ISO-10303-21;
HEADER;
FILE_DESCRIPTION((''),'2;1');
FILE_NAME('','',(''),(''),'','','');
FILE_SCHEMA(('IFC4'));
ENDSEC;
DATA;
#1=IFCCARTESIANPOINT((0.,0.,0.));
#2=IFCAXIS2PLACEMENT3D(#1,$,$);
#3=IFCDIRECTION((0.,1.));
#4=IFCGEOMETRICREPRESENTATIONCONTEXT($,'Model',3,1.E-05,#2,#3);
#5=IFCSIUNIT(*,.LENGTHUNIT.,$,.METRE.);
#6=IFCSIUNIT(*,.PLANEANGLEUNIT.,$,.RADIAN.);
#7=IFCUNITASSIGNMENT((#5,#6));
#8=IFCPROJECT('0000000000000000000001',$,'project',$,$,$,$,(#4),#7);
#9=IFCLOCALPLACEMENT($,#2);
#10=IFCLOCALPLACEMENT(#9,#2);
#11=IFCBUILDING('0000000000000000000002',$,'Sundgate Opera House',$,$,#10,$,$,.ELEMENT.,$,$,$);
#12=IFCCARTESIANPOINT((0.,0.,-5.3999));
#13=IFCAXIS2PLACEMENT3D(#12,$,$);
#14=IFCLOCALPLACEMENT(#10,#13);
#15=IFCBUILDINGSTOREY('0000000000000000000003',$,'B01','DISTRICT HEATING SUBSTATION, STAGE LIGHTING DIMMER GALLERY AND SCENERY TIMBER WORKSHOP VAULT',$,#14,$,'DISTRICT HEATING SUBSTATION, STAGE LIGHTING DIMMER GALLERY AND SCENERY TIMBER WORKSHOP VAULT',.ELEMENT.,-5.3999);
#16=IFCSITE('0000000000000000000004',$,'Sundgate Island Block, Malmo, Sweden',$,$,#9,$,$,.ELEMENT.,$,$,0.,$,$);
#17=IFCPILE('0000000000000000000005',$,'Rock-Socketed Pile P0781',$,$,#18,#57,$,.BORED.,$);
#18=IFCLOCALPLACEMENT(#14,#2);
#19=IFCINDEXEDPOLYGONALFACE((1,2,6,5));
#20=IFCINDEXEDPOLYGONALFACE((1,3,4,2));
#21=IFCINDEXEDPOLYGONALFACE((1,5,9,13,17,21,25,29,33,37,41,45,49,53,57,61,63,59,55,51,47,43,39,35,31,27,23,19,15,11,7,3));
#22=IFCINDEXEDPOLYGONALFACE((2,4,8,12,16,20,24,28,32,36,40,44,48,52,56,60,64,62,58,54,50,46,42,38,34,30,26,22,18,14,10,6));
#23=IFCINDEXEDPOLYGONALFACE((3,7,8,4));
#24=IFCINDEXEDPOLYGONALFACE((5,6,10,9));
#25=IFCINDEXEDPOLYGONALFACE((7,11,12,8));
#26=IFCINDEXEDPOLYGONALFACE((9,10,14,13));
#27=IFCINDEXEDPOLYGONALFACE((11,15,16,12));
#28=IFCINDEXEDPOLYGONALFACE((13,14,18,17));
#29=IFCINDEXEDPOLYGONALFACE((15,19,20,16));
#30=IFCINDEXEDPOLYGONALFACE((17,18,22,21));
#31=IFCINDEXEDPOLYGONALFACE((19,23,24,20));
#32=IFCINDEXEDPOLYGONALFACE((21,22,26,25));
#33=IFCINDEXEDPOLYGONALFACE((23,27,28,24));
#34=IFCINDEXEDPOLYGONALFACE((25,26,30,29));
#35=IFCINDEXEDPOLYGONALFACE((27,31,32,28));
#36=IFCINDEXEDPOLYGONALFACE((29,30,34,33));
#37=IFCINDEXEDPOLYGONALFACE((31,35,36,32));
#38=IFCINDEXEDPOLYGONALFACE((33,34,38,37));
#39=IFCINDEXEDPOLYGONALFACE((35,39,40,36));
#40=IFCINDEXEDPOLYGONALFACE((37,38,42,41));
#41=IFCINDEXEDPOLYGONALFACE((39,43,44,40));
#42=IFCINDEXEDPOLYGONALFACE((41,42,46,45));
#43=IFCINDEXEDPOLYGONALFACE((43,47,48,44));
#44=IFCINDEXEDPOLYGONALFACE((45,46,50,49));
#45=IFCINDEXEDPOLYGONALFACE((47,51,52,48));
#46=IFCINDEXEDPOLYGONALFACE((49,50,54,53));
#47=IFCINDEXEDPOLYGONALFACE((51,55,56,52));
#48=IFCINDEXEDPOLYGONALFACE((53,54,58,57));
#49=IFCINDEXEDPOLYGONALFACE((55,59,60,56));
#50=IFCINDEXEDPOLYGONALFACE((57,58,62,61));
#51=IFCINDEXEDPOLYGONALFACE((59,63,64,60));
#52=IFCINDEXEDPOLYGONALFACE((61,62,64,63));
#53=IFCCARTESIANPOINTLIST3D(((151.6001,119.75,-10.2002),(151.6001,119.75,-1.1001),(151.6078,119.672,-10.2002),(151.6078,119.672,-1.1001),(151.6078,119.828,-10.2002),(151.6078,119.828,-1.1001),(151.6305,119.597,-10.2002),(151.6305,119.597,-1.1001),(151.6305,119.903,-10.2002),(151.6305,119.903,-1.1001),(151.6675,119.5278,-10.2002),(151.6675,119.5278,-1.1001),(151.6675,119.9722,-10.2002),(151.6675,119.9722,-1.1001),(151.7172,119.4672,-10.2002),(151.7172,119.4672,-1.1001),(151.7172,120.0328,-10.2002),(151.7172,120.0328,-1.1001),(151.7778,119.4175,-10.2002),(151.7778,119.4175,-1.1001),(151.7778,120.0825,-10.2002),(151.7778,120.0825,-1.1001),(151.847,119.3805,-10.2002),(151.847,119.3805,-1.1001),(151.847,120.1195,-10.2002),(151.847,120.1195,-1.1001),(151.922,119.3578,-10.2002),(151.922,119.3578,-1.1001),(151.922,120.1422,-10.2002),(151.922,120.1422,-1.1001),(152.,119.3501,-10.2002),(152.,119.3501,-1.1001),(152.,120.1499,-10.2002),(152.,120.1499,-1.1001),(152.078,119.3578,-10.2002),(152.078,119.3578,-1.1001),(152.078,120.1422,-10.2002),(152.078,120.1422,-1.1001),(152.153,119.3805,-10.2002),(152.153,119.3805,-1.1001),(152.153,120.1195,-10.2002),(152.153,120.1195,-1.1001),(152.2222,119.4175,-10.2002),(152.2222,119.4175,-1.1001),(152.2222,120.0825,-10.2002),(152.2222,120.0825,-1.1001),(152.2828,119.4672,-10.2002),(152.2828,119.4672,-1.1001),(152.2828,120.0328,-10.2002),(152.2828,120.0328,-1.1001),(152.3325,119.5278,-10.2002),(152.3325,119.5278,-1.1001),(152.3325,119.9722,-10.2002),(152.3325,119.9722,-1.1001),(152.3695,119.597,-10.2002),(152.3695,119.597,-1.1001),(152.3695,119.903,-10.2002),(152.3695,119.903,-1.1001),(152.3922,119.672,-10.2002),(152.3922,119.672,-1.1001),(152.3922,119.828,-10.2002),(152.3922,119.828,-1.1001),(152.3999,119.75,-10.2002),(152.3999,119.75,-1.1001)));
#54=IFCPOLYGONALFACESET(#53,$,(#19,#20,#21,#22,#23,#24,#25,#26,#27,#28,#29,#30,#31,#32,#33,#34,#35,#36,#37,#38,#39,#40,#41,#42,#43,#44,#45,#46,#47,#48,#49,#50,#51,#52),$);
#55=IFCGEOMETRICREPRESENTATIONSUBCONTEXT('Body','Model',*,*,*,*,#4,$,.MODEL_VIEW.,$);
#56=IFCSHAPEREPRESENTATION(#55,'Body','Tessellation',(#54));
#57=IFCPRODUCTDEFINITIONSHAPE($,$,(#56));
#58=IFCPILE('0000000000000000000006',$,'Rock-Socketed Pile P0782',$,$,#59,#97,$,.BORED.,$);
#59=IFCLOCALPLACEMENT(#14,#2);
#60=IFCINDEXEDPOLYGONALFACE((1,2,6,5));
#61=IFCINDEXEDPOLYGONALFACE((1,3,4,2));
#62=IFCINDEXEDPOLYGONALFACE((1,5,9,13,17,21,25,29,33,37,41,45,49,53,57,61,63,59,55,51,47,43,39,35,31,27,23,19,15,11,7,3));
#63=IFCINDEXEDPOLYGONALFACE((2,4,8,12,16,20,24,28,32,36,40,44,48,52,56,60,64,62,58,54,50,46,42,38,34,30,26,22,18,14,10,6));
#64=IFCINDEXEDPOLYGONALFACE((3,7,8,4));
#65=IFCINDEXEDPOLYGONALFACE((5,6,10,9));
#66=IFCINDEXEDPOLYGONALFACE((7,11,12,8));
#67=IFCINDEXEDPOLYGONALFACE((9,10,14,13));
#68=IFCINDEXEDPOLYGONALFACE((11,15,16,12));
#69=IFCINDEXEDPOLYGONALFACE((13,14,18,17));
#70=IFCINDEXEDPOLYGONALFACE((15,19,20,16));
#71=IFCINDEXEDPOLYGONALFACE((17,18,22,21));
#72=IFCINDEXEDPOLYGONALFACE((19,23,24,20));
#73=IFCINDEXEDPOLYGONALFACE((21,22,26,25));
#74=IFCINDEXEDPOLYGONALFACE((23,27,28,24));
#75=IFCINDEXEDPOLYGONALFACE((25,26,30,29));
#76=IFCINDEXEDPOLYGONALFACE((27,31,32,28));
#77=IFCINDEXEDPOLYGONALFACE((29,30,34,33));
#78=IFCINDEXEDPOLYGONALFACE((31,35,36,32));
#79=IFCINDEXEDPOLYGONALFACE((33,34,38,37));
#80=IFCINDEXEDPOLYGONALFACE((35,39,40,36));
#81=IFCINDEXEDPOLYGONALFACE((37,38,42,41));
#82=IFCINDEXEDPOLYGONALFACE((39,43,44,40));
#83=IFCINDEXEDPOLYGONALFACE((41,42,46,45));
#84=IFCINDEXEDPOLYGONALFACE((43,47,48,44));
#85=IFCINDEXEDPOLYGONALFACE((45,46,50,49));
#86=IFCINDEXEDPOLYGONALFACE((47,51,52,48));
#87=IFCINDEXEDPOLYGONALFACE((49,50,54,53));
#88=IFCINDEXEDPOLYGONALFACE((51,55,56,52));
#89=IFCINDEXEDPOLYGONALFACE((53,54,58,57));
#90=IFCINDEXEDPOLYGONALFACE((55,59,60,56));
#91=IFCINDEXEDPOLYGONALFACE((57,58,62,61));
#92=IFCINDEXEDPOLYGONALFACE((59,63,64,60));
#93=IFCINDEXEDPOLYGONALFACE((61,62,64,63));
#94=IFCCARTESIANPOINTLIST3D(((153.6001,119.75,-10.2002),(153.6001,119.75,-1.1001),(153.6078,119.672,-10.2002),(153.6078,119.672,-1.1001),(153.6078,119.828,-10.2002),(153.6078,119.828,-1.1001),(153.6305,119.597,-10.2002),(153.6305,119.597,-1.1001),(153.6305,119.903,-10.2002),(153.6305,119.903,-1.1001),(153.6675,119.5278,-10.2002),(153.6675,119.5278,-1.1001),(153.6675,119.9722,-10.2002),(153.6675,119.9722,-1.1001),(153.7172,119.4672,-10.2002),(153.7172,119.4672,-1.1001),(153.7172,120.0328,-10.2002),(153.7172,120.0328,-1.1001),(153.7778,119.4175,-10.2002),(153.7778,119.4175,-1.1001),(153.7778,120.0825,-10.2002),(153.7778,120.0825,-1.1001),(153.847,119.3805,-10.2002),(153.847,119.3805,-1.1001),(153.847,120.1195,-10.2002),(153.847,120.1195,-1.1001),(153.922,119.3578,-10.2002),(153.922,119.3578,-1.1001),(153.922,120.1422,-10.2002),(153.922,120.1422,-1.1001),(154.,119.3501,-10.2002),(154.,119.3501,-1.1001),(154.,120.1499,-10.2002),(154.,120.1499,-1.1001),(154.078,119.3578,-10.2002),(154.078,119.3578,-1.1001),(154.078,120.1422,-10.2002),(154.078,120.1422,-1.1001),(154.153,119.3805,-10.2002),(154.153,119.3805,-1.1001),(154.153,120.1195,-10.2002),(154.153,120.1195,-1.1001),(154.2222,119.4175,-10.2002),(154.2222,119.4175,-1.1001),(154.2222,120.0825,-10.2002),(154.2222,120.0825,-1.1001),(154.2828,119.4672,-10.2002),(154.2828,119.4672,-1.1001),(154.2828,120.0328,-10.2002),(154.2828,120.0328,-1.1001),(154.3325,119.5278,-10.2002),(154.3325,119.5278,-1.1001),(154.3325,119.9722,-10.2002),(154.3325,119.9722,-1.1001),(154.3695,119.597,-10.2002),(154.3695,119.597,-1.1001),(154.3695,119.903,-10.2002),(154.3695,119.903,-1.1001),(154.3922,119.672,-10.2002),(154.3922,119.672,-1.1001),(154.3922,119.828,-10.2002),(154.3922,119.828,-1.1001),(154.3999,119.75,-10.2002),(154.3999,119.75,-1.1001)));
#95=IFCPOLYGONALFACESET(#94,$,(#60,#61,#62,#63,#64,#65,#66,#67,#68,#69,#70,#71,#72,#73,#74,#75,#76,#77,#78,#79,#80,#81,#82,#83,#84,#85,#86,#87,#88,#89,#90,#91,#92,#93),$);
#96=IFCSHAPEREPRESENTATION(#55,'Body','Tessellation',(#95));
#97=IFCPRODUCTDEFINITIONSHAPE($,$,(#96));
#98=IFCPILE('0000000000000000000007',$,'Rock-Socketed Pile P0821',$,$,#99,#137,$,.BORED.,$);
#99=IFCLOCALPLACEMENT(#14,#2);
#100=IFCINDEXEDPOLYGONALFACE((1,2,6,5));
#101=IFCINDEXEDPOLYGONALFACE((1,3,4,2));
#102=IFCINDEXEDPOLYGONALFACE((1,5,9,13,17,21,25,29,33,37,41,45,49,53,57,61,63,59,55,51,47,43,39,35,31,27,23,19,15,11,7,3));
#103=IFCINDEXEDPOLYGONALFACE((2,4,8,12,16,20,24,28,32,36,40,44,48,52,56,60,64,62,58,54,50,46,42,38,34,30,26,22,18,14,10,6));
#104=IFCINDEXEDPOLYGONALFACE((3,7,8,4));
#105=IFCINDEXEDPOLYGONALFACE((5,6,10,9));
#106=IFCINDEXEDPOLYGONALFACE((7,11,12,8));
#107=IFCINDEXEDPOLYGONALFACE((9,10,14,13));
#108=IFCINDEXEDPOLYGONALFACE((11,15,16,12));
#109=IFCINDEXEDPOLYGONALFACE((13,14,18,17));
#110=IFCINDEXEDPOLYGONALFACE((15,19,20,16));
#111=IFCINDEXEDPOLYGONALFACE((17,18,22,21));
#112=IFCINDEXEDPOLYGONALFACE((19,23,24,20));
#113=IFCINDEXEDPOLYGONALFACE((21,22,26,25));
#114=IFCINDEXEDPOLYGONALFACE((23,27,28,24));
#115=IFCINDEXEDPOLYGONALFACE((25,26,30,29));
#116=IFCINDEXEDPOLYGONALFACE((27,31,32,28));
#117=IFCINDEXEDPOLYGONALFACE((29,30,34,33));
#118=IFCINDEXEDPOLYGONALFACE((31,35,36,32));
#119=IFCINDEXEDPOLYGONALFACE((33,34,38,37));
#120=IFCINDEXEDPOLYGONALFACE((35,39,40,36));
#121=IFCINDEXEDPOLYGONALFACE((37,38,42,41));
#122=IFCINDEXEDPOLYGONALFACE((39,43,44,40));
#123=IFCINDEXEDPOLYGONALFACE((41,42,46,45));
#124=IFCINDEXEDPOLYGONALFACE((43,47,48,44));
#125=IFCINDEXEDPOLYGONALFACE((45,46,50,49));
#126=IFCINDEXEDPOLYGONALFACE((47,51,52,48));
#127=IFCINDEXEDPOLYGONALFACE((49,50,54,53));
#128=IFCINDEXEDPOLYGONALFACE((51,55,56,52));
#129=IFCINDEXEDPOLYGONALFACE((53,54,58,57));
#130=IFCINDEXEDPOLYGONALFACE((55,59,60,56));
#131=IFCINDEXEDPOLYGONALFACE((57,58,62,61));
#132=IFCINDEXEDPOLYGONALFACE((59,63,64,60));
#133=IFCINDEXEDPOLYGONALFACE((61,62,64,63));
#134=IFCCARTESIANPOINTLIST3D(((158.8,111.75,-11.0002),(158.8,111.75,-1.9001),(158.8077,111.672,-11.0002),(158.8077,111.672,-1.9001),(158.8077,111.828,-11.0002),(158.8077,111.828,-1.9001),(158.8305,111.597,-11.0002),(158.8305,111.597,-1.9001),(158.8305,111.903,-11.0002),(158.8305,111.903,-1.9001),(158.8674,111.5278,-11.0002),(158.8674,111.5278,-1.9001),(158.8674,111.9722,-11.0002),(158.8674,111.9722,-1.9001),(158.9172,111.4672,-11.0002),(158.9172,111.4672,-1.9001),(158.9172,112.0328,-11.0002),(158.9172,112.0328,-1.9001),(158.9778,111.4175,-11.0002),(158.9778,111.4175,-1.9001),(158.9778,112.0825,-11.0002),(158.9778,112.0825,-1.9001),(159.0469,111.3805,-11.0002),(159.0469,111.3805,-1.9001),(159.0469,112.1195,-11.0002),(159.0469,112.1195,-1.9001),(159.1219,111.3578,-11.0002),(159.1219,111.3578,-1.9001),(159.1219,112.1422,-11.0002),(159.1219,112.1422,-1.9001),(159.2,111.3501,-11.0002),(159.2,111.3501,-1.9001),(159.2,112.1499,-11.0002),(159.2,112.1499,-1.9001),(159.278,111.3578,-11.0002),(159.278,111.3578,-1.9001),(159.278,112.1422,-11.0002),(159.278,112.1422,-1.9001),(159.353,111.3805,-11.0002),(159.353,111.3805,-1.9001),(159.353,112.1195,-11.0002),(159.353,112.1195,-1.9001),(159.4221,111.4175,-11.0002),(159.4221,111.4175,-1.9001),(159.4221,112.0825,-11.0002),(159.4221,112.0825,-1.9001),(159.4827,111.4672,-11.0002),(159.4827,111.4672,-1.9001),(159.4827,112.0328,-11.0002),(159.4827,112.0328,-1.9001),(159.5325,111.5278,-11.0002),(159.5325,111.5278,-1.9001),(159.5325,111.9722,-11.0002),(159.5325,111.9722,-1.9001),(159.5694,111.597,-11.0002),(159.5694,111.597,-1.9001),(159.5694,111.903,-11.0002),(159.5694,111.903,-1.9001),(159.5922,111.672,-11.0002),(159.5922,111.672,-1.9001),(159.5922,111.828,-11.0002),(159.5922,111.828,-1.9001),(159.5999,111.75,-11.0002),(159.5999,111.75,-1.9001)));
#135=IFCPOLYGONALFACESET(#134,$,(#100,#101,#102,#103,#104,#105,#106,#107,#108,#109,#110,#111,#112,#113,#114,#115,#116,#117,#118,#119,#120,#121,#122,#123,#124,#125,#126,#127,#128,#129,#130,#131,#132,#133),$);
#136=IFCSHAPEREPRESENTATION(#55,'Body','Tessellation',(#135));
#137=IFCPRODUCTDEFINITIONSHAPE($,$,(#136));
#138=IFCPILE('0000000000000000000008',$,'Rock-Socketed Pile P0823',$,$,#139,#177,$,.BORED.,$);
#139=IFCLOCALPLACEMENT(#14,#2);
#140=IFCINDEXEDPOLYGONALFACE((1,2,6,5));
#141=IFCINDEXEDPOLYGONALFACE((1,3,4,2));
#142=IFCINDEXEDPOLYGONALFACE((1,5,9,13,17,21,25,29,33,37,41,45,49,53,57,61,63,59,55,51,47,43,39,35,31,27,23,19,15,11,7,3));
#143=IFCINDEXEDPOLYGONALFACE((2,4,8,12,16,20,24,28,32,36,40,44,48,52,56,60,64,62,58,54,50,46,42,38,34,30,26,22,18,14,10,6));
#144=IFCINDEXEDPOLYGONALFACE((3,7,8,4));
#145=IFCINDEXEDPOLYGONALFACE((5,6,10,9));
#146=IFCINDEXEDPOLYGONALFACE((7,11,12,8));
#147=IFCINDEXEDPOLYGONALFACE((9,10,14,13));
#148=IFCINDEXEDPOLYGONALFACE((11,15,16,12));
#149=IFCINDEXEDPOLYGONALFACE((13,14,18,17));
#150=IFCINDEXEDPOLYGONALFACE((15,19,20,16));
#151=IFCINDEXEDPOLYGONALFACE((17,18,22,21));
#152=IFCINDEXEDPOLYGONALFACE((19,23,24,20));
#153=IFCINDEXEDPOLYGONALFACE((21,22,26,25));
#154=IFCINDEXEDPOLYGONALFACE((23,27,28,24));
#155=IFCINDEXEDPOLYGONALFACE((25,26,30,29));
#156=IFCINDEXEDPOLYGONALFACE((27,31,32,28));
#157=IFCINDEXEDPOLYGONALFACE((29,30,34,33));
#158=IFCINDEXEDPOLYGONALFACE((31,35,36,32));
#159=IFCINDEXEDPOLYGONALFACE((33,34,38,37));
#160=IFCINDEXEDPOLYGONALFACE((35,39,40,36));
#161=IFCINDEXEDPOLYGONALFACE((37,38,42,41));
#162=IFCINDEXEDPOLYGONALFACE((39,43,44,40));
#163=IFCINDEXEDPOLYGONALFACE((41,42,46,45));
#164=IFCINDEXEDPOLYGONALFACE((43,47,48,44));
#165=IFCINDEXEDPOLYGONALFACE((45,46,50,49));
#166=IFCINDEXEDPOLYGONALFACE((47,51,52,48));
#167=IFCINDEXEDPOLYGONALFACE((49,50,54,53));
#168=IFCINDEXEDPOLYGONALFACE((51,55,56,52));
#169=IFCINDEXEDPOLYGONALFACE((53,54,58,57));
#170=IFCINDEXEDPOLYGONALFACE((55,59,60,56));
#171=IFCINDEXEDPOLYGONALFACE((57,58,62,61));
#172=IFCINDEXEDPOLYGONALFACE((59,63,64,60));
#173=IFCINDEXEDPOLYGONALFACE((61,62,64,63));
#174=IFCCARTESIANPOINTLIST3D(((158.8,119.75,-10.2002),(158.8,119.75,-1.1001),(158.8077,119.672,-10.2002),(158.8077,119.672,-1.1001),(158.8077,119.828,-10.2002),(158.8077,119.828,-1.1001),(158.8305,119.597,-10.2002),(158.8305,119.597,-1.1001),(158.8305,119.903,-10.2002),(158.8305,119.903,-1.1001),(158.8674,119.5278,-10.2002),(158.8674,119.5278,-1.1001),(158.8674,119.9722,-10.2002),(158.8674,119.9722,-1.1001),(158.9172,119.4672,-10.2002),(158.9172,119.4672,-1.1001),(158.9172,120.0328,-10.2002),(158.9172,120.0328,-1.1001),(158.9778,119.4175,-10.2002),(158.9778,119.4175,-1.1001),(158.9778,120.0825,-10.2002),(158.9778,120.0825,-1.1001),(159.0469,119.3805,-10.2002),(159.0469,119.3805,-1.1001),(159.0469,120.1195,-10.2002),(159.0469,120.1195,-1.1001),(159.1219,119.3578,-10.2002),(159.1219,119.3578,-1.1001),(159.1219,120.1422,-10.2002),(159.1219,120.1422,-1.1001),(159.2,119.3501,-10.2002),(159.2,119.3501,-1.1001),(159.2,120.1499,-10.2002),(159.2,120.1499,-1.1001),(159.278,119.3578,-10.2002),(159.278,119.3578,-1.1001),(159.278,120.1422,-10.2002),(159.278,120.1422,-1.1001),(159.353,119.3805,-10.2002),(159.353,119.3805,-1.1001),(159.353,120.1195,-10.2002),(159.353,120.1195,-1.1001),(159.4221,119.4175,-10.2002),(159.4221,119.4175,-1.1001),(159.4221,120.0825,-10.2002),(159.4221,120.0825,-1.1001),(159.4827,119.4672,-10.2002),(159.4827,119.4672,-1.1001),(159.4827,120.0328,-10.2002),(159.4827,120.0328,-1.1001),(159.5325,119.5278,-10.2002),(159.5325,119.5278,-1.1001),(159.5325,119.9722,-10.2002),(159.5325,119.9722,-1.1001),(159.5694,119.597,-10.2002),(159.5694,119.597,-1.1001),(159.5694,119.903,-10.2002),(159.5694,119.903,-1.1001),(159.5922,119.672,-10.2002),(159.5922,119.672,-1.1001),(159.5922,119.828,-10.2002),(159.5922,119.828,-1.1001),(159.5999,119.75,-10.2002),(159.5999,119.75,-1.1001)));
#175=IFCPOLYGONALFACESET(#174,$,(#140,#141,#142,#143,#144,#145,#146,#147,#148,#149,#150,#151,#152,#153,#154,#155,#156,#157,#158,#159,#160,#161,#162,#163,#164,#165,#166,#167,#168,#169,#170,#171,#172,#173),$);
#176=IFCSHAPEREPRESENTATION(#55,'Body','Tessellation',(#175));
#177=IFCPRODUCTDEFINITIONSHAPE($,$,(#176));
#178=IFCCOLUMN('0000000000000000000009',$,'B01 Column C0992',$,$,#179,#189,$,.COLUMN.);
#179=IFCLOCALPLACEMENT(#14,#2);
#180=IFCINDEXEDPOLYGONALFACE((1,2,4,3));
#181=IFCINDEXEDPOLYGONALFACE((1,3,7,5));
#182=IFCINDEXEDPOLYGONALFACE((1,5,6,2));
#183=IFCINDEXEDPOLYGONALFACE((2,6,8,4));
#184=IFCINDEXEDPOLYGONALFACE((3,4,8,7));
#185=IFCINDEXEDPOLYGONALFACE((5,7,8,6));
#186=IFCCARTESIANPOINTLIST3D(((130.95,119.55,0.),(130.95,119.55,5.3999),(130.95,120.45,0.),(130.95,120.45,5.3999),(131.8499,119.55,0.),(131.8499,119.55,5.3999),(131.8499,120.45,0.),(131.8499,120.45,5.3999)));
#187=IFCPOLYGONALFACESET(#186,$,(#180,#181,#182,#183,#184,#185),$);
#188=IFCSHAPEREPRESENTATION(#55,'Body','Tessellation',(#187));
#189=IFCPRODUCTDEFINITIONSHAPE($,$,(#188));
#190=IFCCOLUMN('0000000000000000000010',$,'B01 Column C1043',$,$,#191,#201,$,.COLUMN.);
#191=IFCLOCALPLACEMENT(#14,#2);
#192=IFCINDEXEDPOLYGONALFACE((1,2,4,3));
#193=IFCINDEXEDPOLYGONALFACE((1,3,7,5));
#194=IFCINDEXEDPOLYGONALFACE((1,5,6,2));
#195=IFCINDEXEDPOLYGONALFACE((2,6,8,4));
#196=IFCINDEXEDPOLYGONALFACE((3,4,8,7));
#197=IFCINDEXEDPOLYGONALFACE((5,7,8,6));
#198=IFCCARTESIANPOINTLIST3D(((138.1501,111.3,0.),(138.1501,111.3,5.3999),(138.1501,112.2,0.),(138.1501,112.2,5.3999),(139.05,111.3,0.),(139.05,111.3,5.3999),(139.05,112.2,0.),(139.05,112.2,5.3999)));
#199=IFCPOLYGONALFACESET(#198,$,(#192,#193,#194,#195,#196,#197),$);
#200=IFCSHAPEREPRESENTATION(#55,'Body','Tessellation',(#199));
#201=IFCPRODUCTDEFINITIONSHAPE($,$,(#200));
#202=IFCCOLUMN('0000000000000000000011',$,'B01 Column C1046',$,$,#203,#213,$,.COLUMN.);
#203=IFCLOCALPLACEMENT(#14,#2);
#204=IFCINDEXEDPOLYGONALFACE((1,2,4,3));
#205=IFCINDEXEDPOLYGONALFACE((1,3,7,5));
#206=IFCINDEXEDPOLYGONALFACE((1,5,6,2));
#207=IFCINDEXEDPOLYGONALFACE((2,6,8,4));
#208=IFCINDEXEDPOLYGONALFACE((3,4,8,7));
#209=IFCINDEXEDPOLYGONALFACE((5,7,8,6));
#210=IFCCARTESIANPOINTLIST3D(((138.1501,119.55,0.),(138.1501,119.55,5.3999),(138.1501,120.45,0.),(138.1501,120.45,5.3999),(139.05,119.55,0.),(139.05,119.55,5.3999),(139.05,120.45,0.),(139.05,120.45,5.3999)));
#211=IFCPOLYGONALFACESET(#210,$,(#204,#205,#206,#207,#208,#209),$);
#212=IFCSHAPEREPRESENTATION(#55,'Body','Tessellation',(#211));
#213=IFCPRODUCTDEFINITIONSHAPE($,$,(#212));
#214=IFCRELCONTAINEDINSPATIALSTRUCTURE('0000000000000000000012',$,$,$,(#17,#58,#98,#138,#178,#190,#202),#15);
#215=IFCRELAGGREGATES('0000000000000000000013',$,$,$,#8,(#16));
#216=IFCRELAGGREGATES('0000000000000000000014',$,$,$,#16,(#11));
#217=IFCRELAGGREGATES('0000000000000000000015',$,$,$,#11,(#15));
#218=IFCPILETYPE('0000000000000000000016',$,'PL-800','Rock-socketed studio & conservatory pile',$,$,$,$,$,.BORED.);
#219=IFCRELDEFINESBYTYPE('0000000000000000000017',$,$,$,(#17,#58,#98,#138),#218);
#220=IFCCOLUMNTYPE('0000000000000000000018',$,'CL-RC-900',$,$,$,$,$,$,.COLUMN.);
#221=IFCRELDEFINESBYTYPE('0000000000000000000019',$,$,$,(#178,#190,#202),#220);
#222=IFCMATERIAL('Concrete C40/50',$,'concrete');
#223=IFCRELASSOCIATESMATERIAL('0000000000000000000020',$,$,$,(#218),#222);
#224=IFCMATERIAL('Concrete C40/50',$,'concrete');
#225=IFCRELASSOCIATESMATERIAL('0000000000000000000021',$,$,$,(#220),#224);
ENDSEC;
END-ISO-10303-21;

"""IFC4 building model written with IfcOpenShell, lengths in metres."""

from ifc_helpers import new_model, si_unit, direction, frame, origin, origin_2d, place, context, subcontext, project, spatial, rectangle, circle, extrude, material, material_profile, profile_set, type_object, element, save


model = new_model("IFC4")

# Units and contexts
model_context = context("Model", 3, precision=1e-05, world=origin(), true_north=direction((0.0, 1.0)))
body_context = subcontext(model_context, "Body", "Model", "MODEL_VIEW")
ifc_project = project(units=[si_unit("LENGTHUNIT", "METRE"), si_unit("PLANEANGLEUNIT", "RADIAN")], contexts=[model_context])

# Site, building, storey
site_placement = place(None, origin())
site = spatial("IfcSite", under=ifc_project, at=site_placement, Name="Sundgate Island Block, Malmo, Sweden", CompositionType="ELEMENT", RefElevation=0.0)
building_placement = place(site_placement, origin())
building = spatial("IfcBuilding", under=site, at=building_placement, Name="Sundgate Opera House", CompositionType="ELEMENT")
storey_placement = place(building_placement, frame((0.0, 0.0, -5.3999)))
storey = spatial("IfcBuildingStorey", under=building, at=storey_placement, Name="B01", Description="DISTRICT HEATING SUBSTATION, STAGE LIGHTING DIMMER GALLERY AND SCENERY TIMBER WORKSHOP VAULT", LongName="DISTRICT HEATING SUBSTATION, STAGE LIGHTING DIMMER GALLERY AND SCENERY TIMBER WORKSHOP VAULT", CompositionType="ELEMENT", Elevation=-5.3999)

# Piles
ifc_material_1 = material(Name="Concrete C40/50", Category="concrete")
ifc_material_profile_1 = material_profile(ifc_material_1, circle(Radius=0.3999, at=origin_2d()), Name="PILE D800")
ifc_profile_set_1 = profile_set([ifc_material_profile_1], Name="Concrete C40/50")
pile_type = type_object("IfcPileType", Name="PL-800", Description="Rock-socketed studio & conservatory pile", PredefinedType="BORED", material=ifc_profile_set_1)
for number, where, z_axis, x_axis, name in (
    (1, (152.0, 119.75, -1.1001), (0.0, 0.0, -1.0), (1.0, 0.0, 0.0), "Rock-Socketed Pile P0781"),
    (2, (154.0, 119.75, -1.1001), (0.0, 0.0, -1.0), (1.0, 0.0, 0.0), "Rock-Socketed Pile P0782"),
    (3, (159.2, 111.75, -1.9001), (0.0, 0.0, -1.0), (1.0, 0.0, 0.0), "Rock-Socketed Pile P0821"),
    (4, (159.2, 119.75, -1.1001), (0.0, 0.0, -1.0), (1.0, 0.0, 0.0), "Rock-Socketed Pile P0823"),
):
    element("IfcPile", number, at=place(storey_placement, frame(where, z_axis=z_axis, x_axis=x_axis)), inside=storey, type_object=pile_type, Name=name, PredefinedType="BORED", context=body_context, shape_type="SweptSolid", body=[
        extrude(circle(Radius=0.3999, at=origin_2d()), origin(), (0.0, 0.0, 1.0), 9.1001),
    ])

# Columns
ifc_material_2 = material(Name="Concrete C40/50", Category="concrete")
ifc_material_profile_2 = material_profile(ifc_material_2, rectangle(XDim=0.8999, YDim=0.8999, at=origin_2d()), Name="RC 900x900")
ifc_profile_set_2 = profile_set([ifc_material_profile_2], Name="Concrete C40/50")
column_type_1 = type_object("IfcColumnType", Name="CL-RC-900", PredefinedType="COLUMN", material=ifc_profile_set_2)
for number, where, z_axis, x_axis, name in (
    (5, (131.3999, 120.0, 0.0), (0.0, 0.0, 1.0), (1.0, 0.0, 0.0), "B01 Column C0992"),
    (6, (138.6001, 111.75, 0.0), (0.0, 0.0, 1.0), (1.0, 0.0, 0.0), "B01 Column C1043"),
    (7, (138.6001, 120.0, 0.0), (0.0, 0.0, 1.0), (1.0, 0.0, 0.0), "B01 Column C1046"),
):
    element("IfcColumn", number, at=place(storey_placement, frame(where, z_axis=z_axis, x_axis=x_axis)), inside=storey, type_object=column_type_1, Name=name, PredefinedType="COLUMN", context=body_context, shape_type="SweptSolid", body=[
        extrude(rectangle(XDim=0.8999, YDim=0.8999, at=origin_2d()), origin(), (0.0, 0.0, 1.0), 5.3999),
    ])

save(model, "model.ifc")
